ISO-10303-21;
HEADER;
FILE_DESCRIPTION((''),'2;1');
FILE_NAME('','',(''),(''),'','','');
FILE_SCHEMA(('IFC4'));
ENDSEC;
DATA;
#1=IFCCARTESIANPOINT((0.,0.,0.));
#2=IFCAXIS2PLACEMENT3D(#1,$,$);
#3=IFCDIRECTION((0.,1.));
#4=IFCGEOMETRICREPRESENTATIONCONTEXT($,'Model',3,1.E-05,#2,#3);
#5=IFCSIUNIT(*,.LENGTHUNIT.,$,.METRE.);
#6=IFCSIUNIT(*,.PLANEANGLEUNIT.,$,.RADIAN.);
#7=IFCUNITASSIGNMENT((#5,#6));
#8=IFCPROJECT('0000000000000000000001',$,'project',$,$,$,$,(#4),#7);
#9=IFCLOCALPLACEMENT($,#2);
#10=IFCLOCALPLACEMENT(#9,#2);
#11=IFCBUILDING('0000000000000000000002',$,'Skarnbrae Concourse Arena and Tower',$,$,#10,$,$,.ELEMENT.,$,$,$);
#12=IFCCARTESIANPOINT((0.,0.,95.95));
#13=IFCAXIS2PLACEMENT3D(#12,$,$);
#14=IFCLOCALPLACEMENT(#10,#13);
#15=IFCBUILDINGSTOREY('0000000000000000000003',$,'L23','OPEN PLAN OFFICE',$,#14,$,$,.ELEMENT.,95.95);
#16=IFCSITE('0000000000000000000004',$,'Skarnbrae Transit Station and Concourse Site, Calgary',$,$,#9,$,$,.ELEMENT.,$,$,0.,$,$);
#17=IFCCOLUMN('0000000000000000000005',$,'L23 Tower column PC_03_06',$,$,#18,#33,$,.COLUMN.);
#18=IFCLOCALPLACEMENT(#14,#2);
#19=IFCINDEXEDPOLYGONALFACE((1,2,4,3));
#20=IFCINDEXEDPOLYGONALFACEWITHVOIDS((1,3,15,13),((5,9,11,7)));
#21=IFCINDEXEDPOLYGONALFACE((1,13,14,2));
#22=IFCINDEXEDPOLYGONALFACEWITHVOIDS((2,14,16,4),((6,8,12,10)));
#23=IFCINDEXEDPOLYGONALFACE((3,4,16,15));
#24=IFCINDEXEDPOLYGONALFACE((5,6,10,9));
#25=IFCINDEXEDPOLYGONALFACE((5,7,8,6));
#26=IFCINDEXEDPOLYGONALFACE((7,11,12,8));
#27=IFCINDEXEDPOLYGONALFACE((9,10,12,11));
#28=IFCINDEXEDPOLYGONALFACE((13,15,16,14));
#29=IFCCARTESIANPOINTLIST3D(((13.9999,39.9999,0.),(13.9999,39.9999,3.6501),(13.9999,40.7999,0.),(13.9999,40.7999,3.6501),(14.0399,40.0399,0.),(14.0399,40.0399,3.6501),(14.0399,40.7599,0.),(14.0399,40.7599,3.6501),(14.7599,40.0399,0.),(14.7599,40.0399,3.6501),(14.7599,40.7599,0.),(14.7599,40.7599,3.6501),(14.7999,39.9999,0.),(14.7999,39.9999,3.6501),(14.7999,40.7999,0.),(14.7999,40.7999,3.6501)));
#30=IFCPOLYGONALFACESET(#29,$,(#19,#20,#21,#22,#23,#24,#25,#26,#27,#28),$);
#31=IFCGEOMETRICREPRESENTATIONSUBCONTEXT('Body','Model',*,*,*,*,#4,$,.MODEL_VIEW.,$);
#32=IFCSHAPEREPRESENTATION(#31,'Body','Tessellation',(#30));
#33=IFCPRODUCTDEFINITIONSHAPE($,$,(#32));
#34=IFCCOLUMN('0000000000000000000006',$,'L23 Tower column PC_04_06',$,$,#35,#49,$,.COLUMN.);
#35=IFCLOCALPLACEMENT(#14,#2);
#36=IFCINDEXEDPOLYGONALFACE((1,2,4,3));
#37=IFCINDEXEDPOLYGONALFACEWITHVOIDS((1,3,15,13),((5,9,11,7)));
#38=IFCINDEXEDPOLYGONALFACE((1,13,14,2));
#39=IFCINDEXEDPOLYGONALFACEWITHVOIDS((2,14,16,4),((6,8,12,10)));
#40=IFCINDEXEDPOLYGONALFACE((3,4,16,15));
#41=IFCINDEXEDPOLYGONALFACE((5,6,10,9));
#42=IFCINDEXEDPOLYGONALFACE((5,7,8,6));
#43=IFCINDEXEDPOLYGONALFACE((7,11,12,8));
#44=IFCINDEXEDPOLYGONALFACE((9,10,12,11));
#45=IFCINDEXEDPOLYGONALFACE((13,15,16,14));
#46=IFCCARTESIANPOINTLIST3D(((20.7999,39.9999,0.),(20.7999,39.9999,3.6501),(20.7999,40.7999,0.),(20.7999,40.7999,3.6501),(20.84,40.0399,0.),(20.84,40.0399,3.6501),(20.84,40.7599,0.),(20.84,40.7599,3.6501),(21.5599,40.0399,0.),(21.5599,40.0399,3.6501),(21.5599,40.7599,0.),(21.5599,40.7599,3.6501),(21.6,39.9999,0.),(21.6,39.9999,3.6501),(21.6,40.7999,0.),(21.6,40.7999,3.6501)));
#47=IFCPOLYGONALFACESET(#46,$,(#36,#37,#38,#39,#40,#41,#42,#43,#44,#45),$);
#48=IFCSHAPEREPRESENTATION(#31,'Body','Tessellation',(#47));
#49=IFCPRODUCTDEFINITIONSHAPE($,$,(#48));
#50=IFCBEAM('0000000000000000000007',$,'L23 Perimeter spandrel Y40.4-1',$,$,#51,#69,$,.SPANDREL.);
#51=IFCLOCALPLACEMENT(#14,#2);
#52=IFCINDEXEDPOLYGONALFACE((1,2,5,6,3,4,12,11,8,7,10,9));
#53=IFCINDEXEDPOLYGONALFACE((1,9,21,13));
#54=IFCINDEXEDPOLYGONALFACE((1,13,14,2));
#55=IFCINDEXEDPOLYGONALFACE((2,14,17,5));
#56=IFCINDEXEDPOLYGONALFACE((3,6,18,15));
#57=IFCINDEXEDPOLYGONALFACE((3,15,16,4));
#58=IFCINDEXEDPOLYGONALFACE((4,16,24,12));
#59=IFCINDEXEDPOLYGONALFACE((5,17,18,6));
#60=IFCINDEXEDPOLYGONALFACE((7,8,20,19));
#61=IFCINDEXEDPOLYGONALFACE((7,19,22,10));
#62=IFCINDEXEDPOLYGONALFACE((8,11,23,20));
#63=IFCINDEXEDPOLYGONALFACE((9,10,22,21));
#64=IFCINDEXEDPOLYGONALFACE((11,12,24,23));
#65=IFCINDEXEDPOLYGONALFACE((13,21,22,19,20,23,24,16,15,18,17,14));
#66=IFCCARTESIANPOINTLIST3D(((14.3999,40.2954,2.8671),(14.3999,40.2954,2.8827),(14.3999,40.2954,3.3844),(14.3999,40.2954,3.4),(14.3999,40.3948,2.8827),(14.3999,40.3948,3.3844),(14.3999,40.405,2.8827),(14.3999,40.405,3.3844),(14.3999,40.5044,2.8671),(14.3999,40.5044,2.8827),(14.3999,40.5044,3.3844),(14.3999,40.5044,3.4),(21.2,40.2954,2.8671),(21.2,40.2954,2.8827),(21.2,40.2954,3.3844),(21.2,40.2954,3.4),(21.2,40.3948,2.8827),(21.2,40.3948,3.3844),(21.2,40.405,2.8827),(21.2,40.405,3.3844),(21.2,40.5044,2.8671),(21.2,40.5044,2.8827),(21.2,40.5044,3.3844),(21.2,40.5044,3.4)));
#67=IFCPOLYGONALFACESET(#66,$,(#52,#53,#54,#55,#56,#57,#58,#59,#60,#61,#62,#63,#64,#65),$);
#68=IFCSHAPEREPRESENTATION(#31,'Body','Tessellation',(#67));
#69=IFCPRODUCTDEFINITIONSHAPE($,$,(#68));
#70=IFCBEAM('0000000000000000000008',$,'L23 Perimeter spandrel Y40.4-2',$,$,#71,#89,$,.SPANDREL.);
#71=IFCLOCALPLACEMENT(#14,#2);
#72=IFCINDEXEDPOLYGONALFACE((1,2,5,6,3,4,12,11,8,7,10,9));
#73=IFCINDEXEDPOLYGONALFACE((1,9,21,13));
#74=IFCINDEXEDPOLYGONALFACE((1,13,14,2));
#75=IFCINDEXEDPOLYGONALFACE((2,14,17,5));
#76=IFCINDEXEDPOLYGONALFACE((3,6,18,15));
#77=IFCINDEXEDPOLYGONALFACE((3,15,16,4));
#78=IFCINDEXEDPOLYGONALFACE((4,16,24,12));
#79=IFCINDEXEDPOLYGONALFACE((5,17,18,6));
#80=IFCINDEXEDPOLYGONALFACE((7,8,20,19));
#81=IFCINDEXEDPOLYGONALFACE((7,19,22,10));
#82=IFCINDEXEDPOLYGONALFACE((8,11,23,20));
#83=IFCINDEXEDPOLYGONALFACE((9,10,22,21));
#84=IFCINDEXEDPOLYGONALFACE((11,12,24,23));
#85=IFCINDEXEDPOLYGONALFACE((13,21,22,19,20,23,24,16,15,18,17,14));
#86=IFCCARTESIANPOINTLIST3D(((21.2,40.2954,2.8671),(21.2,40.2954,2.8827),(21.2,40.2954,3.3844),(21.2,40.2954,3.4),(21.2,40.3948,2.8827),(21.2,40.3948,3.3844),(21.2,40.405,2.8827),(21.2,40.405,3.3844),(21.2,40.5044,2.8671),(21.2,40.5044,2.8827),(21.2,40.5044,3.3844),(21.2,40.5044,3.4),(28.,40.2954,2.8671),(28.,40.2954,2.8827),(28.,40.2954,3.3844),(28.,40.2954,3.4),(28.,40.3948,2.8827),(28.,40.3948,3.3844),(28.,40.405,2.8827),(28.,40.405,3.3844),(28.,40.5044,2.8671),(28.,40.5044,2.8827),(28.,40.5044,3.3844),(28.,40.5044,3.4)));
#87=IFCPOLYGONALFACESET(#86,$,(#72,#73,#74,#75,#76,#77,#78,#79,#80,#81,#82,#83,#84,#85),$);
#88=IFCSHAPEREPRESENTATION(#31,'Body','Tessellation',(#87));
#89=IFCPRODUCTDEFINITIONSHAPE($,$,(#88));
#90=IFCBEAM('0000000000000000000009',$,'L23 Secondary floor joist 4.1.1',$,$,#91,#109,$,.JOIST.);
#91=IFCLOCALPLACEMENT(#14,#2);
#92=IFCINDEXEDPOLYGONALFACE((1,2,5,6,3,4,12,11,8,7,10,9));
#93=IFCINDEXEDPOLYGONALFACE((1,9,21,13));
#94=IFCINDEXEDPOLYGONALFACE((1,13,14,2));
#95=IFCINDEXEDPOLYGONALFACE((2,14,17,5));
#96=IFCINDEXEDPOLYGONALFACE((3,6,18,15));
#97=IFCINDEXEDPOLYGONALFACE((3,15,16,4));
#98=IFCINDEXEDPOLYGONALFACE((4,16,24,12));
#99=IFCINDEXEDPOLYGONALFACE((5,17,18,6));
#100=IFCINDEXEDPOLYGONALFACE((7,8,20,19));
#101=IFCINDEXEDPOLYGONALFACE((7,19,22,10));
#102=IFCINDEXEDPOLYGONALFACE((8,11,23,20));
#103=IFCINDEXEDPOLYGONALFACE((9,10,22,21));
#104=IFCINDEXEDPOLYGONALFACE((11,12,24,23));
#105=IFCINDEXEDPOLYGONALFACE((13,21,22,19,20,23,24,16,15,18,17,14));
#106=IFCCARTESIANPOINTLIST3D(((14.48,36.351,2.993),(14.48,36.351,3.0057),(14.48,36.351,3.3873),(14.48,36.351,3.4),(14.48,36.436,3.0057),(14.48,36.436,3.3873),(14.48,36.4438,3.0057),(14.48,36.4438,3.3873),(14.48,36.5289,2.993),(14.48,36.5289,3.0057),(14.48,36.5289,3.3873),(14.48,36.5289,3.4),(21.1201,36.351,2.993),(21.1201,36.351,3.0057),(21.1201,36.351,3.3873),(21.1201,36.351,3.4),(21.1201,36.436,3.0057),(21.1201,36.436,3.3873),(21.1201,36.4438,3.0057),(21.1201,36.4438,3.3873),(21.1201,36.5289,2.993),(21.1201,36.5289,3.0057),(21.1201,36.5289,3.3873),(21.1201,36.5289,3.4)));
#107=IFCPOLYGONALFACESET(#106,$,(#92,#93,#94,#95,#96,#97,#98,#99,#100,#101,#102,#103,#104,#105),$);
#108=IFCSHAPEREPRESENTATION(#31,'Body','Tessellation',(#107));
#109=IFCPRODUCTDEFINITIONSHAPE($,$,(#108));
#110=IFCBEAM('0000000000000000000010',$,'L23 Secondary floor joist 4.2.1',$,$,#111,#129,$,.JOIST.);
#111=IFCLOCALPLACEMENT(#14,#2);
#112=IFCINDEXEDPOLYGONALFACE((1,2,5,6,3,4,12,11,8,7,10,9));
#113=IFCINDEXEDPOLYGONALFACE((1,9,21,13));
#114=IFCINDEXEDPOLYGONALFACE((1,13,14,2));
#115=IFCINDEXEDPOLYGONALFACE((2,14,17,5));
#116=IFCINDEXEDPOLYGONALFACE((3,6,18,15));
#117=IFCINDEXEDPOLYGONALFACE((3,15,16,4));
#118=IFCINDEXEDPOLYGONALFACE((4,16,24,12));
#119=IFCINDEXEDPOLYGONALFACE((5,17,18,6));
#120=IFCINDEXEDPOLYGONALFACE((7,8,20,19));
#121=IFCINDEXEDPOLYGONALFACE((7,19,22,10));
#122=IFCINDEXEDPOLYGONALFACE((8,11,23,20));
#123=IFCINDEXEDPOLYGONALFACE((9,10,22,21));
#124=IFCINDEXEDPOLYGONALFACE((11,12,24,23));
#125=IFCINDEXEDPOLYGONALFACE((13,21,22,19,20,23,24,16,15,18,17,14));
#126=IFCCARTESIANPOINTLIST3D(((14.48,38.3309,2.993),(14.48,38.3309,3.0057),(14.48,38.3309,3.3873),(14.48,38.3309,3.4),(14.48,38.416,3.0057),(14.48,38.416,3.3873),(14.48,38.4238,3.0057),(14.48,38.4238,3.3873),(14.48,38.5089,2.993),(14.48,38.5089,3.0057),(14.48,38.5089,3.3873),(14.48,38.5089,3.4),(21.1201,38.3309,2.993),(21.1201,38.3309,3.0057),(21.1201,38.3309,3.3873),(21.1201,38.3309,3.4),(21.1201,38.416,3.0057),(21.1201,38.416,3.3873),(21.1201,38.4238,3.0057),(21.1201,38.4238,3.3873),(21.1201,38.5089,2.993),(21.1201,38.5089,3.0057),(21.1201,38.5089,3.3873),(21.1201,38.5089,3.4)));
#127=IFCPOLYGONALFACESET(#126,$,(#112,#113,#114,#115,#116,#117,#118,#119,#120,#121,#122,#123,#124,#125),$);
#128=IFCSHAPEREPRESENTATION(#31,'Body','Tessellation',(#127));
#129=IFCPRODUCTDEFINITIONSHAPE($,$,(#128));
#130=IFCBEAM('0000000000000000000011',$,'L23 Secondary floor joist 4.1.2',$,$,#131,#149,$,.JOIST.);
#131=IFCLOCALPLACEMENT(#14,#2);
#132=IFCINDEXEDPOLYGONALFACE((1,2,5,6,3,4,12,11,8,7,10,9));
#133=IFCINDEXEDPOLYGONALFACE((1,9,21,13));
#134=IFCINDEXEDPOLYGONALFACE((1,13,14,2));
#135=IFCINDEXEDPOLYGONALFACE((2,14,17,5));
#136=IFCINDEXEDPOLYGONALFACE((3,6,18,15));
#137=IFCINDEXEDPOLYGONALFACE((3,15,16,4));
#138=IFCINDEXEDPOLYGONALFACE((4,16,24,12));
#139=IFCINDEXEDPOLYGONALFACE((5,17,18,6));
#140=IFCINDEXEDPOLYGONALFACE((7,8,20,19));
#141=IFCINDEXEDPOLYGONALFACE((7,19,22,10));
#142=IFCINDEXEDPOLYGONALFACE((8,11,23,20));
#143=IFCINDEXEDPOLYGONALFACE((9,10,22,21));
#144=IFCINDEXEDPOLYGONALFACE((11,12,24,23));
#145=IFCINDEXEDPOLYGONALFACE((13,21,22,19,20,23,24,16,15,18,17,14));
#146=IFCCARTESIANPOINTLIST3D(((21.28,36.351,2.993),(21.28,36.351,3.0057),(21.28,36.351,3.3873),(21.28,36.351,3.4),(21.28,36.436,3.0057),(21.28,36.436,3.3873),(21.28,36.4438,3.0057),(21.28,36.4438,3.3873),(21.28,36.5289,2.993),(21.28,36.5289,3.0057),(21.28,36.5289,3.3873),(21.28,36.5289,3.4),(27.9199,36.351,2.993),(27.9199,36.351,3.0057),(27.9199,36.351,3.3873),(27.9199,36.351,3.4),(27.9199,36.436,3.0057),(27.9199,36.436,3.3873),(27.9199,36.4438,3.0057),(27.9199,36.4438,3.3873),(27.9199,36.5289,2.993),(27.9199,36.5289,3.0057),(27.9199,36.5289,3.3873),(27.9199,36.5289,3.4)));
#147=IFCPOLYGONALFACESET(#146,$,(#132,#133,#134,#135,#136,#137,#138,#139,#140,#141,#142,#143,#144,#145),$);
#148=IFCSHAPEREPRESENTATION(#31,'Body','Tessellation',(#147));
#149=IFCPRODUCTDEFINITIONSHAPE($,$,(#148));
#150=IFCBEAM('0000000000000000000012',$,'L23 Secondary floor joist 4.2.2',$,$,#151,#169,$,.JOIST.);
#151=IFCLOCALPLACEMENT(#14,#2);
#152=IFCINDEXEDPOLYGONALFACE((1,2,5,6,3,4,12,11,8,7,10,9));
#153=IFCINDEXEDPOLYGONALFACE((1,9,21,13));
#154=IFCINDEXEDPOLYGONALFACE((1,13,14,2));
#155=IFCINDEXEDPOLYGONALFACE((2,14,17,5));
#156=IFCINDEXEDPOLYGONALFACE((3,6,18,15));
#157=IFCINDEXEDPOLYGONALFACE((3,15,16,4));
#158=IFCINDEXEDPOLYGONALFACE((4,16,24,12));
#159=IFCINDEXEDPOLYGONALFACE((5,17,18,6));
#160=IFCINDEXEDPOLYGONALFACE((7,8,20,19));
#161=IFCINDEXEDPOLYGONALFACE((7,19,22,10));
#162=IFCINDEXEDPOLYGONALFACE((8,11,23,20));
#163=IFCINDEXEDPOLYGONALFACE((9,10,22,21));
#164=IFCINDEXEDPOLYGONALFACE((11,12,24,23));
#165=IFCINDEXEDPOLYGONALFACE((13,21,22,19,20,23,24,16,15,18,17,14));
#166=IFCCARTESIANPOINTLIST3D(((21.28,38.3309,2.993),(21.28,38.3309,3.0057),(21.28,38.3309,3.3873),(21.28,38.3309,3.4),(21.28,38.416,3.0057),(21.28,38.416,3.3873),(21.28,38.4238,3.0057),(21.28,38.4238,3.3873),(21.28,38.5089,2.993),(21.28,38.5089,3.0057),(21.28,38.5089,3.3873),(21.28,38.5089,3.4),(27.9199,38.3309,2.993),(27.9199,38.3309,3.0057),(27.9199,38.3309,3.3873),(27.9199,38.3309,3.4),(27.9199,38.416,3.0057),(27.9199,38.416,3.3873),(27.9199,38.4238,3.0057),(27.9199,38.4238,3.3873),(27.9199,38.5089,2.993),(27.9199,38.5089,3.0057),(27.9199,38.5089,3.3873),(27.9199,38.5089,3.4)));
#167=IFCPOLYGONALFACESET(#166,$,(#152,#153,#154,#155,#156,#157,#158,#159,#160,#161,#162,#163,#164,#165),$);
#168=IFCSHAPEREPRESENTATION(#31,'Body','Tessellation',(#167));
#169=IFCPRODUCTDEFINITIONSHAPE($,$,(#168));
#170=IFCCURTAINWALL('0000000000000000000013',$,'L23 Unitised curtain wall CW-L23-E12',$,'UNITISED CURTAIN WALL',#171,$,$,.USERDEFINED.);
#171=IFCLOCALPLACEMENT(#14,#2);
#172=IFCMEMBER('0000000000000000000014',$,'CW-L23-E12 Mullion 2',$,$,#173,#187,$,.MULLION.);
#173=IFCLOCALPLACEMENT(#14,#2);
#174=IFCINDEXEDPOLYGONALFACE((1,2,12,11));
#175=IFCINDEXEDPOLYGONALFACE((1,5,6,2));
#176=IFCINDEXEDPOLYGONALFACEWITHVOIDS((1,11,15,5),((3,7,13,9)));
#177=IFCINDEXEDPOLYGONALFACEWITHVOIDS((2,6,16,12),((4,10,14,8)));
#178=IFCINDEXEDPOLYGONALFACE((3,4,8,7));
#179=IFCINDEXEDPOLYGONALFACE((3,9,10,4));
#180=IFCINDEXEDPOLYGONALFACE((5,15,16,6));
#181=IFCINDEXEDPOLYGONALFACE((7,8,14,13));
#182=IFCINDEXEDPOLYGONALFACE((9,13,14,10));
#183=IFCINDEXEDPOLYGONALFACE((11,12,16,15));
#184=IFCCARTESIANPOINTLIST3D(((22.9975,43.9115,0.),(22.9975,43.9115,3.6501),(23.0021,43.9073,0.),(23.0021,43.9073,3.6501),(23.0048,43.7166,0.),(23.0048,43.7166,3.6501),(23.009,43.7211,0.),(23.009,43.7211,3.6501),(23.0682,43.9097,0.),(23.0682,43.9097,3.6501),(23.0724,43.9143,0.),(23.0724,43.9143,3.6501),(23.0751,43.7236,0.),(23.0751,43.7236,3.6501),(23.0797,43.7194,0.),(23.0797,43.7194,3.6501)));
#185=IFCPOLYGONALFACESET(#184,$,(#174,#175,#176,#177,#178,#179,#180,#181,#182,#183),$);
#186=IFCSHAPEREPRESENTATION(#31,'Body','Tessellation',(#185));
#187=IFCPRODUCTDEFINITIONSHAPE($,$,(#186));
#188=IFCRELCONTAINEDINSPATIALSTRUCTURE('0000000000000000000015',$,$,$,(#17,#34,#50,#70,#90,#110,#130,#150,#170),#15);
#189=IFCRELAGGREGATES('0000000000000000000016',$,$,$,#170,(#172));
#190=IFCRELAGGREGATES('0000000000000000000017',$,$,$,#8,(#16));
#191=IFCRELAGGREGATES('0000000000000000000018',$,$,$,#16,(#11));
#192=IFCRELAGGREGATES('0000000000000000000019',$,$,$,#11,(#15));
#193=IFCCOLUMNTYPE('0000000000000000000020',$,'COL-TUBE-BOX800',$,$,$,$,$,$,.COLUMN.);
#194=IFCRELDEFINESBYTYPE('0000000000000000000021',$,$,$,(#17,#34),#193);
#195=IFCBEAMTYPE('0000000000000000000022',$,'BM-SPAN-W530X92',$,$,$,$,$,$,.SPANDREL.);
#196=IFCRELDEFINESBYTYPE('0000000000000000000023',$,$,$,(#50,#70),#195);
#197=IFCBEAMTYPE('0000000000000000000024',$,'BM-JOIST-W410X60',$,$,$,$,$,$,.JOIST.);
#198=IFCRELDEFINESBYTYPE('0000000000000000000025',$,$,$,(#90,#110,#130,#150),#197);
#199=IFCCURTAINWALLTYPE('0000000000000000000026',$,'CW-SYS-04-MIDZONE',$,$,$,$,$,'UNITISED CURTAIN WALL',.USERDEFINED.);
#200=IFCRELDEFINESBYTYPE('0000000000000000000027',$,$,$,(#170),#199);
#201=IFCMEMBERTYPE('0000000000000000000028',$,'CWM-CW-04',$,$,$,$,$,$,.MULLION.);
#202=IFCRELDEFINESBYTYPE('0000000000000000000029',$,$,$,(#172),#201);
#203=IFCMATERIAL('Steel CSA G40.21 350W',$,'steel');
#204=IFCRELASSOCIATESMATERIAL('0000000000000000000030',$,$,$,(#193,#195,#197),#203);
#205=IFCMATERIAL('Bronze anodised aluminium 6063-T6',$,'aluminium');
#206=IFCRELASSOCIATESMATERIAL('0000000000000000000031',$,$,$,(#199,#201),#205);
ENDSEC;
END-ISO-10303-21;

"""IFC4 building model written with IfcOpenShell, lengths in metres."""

from ifc_helpers import new_model, si_unit, direction, frame, origin, origin_2d, place, context, subcontext, project, spatial, hollow_rectangle, i_section, extrude, source, transform, mapped, material, material_profile, profile_set, type_object, element, aggregate, save


model = new_model("IFC4")

# Units and contexts
model_context = context("Model", 3, precision=1e-05, world=origin(), true_north=direction((0.0, 1.0)))
body_context = subcontext(model_context, "Body", "Model", "MODEL_VIEW")
ifc_project = project(units=[si_unit("LENGTHUNIT", "METRE"), si_unit("PLANEANGLEUNIT", "RADIAN")], contexts=[model_context])

# Site, building, storey
site_placement = place(None, origin())
site = spatial("IfcSite", under=ifc_project, at=site_placement, Name="Skarnbrae Transit Station and Concourse Site, Calgary", CompositionType="ELEMENT", RefElevation=0.0)
building_placement = place(site_placement, origin())
building = spatial("IfcBuilding", under=site, at=building_placement, Name="Skarnbrae Concourse Arena and Tower", CompositionType="ELEMENT")
storey_placement = place(building_placement, frame((0.0, 0.0, 95.95)))
storey = spatial("IfcBuildingStorey", under=building, at=storey_placement, Name="L23", Description="OPEN PLAN OFFICE", CompositionType="ELEMENT", Elevation=95.95)

# Columns
ifc_material_1 = material(Name="Steel CSA G40.21 350W", Category="steel")
ifc_material_profile_1 = material_profile(ifc_material_1, hollow_rectangle(XDim=0.8, YDim=0.8, WallThickness=0.04, at=origin_2d()), Name="BOX800X800X40")
ifc_profile_set_1 = profile_set([ifc_material_profile_1], Name="Steel CSA G40.21 350W")
column_type = type_object("IfcColumnType", Name="COL-TUBE-BOX800", PredefinedType="COLUMN", material=ifc_profile_set_1)
shared_shape_1 = source(origin(), body_context, "Body", "SweptSolid", [
    extrude(hollow_rectangle(XDim=0.8, YDim=0.8, WallThickness=0.04, at=origin_2d()), origin(), (0.0, 0.0, 1.0), 3.6501),
])
for number, where, z_axis, x_axis, name in (
    (1, (14.3999, 40.3999, 0.0), (0.0, 0.0, 1.0), (1.0, 0.0, 0.0), "L23 Tower column PC_03_06"),
    (2, (21.2, 40.3999, 0.0), (0.0, 0.0, 1.0), (1.0, 0.0, 0.0), "L23 Tower column PC_04_06"),
):
    element("IfcColumn", number, at=place(storey_placement, frame(where, z_axis=z_axis, x_axis=x_axis)), inside=storey, type_object=column_type, Name=name, PredefinedType="COLUMN", context=body_context, shape_type="MappedRepresentation", body=[
        mapped(shared_shape_1, transform((0.0, 0.0, 0.0))),
    ])

# Beams
ifc_material_profile_2 = material_profile(ifc_material_1, i_section(OverallWidth=0.209, OverallDepth=0.533, WebThickness=0.0103, FlangeThickness=0.0156, at=origin_2d()), Name="W530X92")
ifc_profile_set_2 = profile_set([ifc_material_profile_2], Name="Steel CSA G40.21 350W")
beam_type_1 = type_object("IfcBeamType", Name="BM-SPAN-W530X92", PredefinedType="SPANDREL", material=ifc_profile_set_2)
shared_shape_2 = source(origin(), body_context, "Body", "SweptSolid", [
    extrude(i_section(OverallWidth=0.209, OverallDepth=0.533, WebThickness=0.0103, FlangeThickness=0.0156, at=origin_2d()), origin(), (0.0, 0.0, 1.0), 6.8),
])
for number, where, z_axis, x_axis, name in (
    (3, (14.3999, 40.3999, 3.1335), (1.0, 0.0, 0.0), (0.0, 1.0, 0.0), "L23 Perimeter spandrel Y40.4-1"),
    (4, (21.2, 40.3999, 3.1335), (1.0, 0.0, 0.0), (0.0, 1.0, 0.0), "L23 Perimeter spandrel Y40.4-2"),
):
    element("IfcBeam", number, at=place(storey_placement, frame(where, z_axis=z_axis, x_axis=x_axis)), inside=storey, type_object=beam_type_1, Name=name, PredefinedType="SPANDREL", context=body_context, shape_type="MappedRepresentation", body=[
        mapped(shared_shape_2, transform((0.0, 0.0, 0.0))),
    ])
ifc_material_profile_3 = material_profile(ifc_material_1, i_section(OverallWidth=0.178, OverallDepth=0.407, WebThickness=0.0078, FlangeThickness=0.0127, at=origin_2d()), Name="W410X60")
ifc_profile_set_3 = profile_set([ifc_material_profile_3], Name="Steel CSA G40.21 350W")
beam_type_2 = type_object("IfcBeamType", Name="BM-JOIST-W410X60", PredefinedType="JOIST", material=ifc_profile_set_3)
shared_shape_3 = source(origin(), body_context, "Body", "SweptSolid", [
    extrude(i_section(OverallWidth=0.178, OverallDepth=0.407, WebThickness=0.0078, FlangeThickness=0.0127, at=origin_2d()), origin(), (0.0, 0.0, 1.0), 6.6401),
])
for number, where, z_axis, x_axis, name in (
    (5, (14.48, 36.4399, 3.1965), (1.0, 0.0, 0.0), (0.0, 1.0, 0.0), "L23 Secondary floor joist 4.1.1"),
    (6, (14.48, 38.4199, 3.1965), (1.0, 0.0, 0.0), (0.0, 1.0, 0.0), "L23 Secondary floor joist 4.2.1"),
):
    element("IfcBeam", number, at=place(storey_placement, frame(where, z_axis=z_axis, x_axis=x_axis)), inside=storey, type_object=beam_type_2, Name=name, PredefinedType="JOIST", context=body_context, shape_type="MappedRepresentation", body=[
        mapped(shared_shape_3, transform((0.0, 0.0, 0.0))),
    ])
shared_shape_4 = source(origin(), body_context, "Body", "SweptSolid", [
    extrude(i_section(OverallWidth=0.178, OverallDepth=0.407, WebThickness=0.0078, FlangeThickness=0.0127, at=origin_2d()), origin(), (0.0, 0.0, 1.0), 6.6399),
])
for number, where, z_axis, x_axis, name in (
    (7, (21.28, 36.4399, 3.1965), (1.0, 0.0, 0.0), (0.0, 1.0, 0.0), "L23 Secondary floor joist 4.1.2"),
    (8, (21.28, 38.4199, 3.1965), (1.0, 0.0, 0.0), (0.0, 1.0, 0.0), "L23 Secondary floor joist 4.2.2"),
):
    element("IfcBeam", number, at=place(storey_placement, frame(where, z_axis=z_axis, x_axis=x_axis)), inside=storey, type_object=beam_type_2, Name=name, PredefinedType="JOIST", context=body_context, shape_type="MappedRepresentation", body=[
        mapped(shared_shape_4, transform((0.0, 0.0, 0.0))),
    ])

# Curtain wall, member
ifc_material_2 = material(Name="Bronze anodised aluminium 6063-T6", Category="aluminium")
curtain_wall_type = type_object("IfcCurtainWallType", Name="CW-SYS-04-MIDZONE", ElementType="UNITISED CURTAIN WALL", PredefinedType="USERDEFINED", material=ifc_material_2)
curtain_wall_1_placement = place(storey_placement, origin())
curtain_wall_1 = element("IfcCurtainWall", 9, at=curtain_wall_1_placement, inside=storey, type_object=curtain_wall_type, Name="L23 Unitised curtain wall CW-L23-E12", ObjectType="UNITISED CURTAIN WALL", PredefinedType="USERDEFINED")
ifc_material_profile_4 = material_profile(ifc_material_2, hollow_rectangle(XDim=0.075, YDim=0.1951, WallThickness=0.0044, at=origin_2d()), Name="ALU-MULL-75X195")
ifc_profile_set_4 = profile_set([ifc_material_profile_4], Name="Bronze anodised aluminium 6063-T6")
member_type_1 = type_object("IfcMemberType", Name="CWM-CW-04", PredefinedType="MULLION", material=ifc_profile_set_4)
shared_shape_5 = source(origin(), body_context, "Body", "SweptSolid", [
    extrude(hollow_rectangle(XDim=0.075, YDim=0.1951, WallThickness=0.0044, at=origin_2d()), origin(), (0.0, 0.0, 1.0), 3.6501),
])
member_1_placement = place(storey_placement, frame((23.0386, 43.8154, 0.0), z_axis=(0.0, 0.0, 1.0), x_axis=(-0.999308, -0.037183, 0.0)))
member_1 = element("IfcMember", 10, at=member_1_placement, type_object=member_type_1, Name="CW-L23-E12 Mullion 2", PredefinedType="MULLION", context=body_context, shape_type="MappedRepresentation", body=[
    mapped(shared_shape_5, transform((0.0, 0.0, 0.0))),
])

aggregate(curtain_wall_1, [member_1])

save(model, "model.ifc")
